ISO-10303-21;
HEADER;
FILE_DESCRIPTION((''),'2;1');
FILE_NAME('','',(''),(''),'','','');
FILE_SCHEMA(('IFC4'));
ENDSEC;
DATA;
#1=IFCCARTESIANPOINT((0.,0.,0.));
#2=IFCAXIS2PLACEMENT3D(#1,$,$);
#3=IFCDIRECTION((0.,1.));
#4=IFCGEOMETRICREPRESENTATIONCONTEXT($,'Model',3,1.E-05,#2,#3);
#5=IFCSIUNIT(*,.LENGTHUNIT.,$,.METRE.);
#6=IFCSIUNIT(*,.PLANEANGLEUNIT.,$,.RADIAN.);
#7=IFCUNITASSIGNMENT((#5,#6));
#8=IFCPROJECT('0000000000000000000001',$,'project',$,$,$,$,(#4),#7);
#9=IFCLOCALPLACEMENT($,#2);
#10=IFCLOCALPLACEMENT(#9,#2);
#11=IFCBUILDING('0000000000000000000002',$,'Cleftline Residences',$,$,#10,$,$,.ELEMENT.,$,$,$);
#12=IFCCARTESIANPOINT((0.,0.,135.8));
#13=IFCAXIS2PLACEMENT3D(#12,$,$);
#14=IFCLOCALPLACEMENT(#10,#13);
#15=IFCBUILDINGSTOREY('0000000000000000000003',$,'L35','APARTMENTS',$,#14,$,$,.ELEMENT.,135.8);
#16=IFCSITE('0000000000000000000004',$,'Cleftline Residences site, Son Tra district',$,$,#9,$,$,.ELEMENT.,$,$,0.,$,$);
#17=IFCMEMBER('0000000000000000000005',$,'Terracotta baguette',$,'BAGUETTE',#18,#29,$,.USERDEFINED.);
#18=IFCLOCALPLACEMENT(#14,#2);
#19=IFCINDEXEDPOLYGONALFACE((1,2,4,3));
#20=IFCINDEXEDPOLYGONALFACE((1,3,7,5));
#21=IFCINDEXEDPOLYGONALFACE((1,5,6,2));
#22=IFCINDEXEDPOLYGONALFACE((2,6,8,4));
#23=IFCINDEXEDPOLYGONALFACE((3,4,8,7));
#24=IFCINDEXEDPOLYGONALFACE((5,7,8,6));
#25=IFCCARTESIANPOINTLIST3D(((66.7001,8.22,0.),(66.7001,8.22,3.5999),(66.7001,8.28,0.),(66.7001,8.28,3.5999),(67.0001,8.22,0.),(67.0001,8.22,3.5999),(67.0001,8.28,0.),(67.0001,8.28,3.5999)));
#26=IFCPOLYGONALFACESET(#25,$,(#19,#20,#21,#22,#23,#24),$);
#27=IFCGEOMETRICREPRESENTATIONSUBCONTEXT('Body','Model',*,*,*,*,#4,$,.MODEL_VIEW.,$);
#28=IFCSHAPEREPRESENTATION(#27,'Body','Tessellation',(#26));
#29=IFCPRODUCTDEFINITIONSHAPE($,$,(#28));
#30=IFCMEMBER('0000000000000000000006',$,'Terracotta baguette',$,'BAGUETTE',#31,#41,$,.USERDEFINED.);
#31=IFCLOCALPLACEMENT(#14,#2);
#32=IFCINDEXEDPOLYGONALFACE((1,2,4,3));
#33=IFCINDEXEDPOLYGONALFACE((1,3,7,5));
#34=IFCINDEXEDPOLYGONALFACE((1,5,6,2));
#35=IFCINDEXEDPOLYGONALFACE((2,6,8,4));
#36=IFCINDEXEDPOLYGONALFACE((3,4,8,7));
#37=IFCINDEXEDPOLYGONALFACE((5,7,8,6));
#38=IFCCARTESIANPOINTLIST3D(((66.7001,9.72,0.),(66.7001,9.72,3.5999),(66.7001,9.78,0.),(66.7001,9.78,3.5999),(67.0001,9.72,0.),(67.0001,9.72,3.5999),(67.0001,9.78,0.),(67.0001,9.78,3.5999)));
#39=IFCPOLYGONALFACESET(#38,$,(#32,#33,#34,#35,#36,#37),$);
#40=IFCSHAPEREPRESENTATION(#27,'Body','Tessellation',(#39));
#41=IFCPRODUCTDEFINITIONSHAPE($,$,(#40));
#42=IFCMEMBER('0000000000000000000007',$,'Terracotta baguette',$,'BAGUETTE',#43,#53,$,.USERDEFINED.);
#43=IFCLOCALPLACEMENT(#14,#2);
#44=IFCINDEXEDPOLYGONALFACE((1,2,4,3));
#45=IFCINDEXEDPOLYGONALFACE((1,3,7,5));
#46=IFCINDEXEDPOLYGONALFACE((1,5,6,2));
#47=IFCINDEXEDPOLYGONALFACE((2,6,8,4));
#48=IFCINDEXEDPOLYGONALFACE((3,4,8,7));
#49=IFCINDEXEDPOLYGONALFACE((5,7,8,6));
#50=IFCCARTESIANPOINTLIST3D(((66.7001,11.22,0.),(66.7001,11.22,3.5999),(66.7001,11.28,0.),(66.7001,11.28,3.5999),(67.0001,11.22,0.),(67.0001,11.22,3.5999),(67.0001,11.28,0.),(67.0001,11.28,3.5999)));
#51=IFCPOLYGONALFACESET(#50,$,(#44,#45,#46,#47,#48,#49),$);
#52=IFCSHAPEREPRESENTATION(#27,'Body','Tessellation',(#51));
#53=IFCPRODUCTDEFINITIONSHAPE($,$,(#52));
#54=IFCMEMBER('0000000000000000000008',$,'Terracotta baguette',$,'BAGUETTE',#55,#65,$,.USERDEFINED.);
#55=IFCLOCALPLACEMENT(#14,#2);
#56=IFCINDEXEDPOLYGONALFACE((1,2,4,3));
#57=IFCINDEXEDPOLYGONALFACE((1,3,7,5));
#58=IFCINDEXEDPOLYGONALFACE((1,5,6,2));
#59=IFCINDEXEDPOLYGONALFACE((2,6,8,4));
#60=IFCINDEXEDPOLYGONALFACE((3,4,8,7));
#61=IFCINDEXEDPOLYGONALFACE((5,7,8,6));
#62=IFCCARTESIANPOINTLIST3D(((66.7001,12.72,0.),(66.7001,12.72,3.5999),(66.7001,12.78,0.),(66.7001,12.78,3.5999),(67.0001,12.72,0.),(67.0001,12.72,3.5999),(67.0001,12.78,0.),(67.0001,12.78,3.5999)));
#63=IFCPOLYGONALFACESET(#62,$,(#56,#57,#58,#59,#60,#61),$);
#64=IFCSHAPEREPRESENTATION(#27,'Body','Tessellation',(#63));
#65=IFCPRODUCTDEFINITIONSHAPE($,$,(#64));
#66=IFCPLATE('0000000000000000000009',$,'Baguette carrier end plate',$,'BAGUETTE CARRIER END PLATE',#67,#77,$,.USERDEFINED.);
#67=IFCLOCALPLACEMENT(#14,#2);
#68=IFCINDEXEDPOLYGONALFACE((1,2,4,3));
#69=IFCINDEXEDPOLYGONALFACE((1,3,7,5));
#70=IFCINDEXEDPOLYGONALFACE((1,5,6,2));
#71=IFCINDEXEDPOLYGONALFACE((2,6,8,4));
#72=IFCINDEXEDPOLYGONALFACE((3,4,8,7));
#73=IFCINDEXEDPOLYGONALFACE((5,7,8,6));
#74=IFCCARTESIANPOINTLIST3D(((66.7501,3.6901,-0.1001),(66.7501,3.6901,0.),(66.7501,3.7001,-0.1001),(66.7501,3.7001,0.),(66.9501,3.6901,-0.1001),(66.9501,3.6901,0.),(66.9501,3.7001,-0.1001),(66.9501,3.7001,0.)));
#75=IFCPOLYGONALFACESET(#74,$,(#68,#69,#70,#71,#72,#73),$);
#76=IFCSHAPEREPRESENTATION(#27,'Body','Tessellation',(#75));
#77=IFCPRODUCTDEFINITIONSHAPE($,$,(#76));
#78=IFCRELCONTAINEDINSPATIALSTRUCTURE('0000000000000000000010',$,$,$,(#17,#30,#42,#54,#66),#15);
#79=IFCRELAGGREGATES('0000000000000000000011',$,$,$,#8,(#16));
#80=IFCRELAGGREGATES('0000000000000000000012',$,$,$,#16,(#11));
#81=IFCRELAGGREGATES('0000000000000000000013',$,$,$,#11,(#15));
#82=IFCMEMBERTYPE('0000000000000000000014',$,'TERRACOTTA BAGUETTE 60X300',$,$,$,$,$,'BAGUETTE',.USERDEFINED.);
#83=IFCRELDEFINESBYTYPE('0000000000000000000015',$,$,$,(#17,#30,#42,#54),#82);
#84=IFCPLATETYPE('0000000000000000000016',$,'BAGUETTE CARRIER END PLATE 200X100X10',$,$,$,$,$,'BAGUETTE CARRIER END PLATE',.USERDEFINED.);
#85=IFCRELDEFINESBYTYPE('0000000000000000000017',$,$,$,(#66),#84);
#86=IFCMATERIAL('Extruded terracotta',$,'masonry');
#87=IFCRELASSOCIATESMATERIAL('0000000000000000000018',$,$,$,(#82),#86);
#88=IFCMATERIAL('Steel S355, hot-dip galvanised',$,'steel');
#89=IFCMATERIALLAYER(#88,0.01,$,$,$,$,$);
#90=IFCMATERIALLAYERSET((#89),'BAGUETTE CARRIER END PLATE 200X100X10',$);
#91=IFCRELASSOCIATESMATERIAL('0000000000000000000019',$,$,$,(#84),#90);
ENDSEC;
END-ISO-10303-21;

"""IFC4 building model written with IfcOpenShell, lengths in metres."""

from ifc_helpers import new_model, si_unit, direction, frame, origin, origin_2d, place, context, subcontext, project, spatial, rectangle, extrude, material, layer, layer_set, material_profile, profile_set, type_object, element, save


model = new_model("IFC4")

# Units and contexts
model_context = context("Model", 3, precision=1e-05, world=origin(), true_north=direction((0.0, 1.0)))
body_context = subcontext(model_context, "Body", "Model", "MODEL_VIEW")
ifc_project = project(units=[si_unit("LENGTHUNIT", "METRE"), si_unit("PLANEANGLEUNIT", "RADIAN")], contexts=[model_context])

# Site, building, storey
site_placement = place(None, origin())
site = spatial("IfcSite", under=ifc_project, at=site_placement, Name="Cleftline Residences site, Son Tra district", CompositionType="ELEMENT", RefElevation=0.0)
building_placement = place(site_placement, origin())
building = spatial("IfcBuilding", under=site, at=building_placement, Name="Cleftline Residences", CompositionType="ELEMENT")
storey_placement = place(building_placement, frame((0.0, 0.0, 135.8)))
storey = spatial("IfcBuildingStorey", under=building, at=storey_placement, Name="L35", Description="APARTMENTS", CompositionType="ELEMENT", Elevation=135.8)

# Members
ifc_material_1 = material(Name="Extruded terracotta", Category="masonry")
ifc_material_profile_1 = material_profile(ifc_material_1, rectangle(XDim=0.0601, YDim=0.3, at=origin_2d()))
ifc_profile_set_1 = profile_set([ifc_material_profile_1], Name="Extruded terracotta")
member_type_1 = type_object("IfcMemberType", Name="TERRACOTTA BAGUETTE 60X300", ElementType="BAGUETTE", PredefinedType="USERDEFINED", material=ifc_profile_set_1)
for number, where, z_axis, x_axis, name in (
    (1, (66.8501, 8.25, 0.0), (0.0, 0.0, 1.0), (0.0, 1.0, 0.0), "Terracotta baguette"),
    (2, (66.8501, 9.75, 0.0), (0.0, 0.0, 1.0), (0.0, 1.0, 0.0), "Terracotta baguette"),
    (3, (66.8501, 11.25, 0.0), (0.0, 0.0, 1.0), (0.0, 1.0, 0.0), "Terracotta baguette"),
    (4, (66.8501, 12.75, 0.0), (0.0, 0.0, 1.0), (0.0, 1.0, 0.0), "Terracotta baguette"),
):
    element("IfcMember", number, at=place(storey_placement, frame(where, z_axis=z_axis, x_axis=x_axis)), inside=storey, type_object=member_type_1, Name=name, ObjectType="BAGUETTE", PredefinedType="USERDEFINED", context=body_context, shape_type="SweptSolid", body=[
        extrude(rectangle(XDim=0.0601, YDim=0.3, at=origin_2d()), origin(), (0.0, 0.0, 1.0), 3.5999),
    ])

# Plate
ifc_material_2 = material(Name="Steel S355, hot-dip galvanised", Category="steel")
ifc_layer_1 = layer(ifc_material_2, 0.01)
ifc_layer_set_1 = layer_set([ifc_layer_1], Name="BAGUETTE CARRIER END PLATE 200X100X10")
plate_type = type_object("IfcPlateType", Name="BAGUETTE CARRIER END PLATE 200X100X10", ElementType="BAGUETTE CARRIER END PLATE", PredefinedType="USERDEFINED", material=ifc_layer_set_1)
plate_placement = place(storey_placement, frame((66.8501, 3.6951, -0.1001), z_axis=(0.0, 0.0, 1.0), x_axis=(1.0, 0.0, 0.0)))
element("IfcPlate", 5, at=plate_placement, inside=storey, type_object=plate_type, Name="Baguette carrier end plate", ObjectType="BAGUETTE CARRIER END PLATE", PredefinedType="USERDEFINED", context=body_context, shape_type="SweptSolid", body=[
    extrude(rectangle(XDim=0.2, YDim=0.01, at=origin_2d()), origin(), (0.0, 0.0, 1.0), 0.1001),
])

save(model, "model.ifc")
